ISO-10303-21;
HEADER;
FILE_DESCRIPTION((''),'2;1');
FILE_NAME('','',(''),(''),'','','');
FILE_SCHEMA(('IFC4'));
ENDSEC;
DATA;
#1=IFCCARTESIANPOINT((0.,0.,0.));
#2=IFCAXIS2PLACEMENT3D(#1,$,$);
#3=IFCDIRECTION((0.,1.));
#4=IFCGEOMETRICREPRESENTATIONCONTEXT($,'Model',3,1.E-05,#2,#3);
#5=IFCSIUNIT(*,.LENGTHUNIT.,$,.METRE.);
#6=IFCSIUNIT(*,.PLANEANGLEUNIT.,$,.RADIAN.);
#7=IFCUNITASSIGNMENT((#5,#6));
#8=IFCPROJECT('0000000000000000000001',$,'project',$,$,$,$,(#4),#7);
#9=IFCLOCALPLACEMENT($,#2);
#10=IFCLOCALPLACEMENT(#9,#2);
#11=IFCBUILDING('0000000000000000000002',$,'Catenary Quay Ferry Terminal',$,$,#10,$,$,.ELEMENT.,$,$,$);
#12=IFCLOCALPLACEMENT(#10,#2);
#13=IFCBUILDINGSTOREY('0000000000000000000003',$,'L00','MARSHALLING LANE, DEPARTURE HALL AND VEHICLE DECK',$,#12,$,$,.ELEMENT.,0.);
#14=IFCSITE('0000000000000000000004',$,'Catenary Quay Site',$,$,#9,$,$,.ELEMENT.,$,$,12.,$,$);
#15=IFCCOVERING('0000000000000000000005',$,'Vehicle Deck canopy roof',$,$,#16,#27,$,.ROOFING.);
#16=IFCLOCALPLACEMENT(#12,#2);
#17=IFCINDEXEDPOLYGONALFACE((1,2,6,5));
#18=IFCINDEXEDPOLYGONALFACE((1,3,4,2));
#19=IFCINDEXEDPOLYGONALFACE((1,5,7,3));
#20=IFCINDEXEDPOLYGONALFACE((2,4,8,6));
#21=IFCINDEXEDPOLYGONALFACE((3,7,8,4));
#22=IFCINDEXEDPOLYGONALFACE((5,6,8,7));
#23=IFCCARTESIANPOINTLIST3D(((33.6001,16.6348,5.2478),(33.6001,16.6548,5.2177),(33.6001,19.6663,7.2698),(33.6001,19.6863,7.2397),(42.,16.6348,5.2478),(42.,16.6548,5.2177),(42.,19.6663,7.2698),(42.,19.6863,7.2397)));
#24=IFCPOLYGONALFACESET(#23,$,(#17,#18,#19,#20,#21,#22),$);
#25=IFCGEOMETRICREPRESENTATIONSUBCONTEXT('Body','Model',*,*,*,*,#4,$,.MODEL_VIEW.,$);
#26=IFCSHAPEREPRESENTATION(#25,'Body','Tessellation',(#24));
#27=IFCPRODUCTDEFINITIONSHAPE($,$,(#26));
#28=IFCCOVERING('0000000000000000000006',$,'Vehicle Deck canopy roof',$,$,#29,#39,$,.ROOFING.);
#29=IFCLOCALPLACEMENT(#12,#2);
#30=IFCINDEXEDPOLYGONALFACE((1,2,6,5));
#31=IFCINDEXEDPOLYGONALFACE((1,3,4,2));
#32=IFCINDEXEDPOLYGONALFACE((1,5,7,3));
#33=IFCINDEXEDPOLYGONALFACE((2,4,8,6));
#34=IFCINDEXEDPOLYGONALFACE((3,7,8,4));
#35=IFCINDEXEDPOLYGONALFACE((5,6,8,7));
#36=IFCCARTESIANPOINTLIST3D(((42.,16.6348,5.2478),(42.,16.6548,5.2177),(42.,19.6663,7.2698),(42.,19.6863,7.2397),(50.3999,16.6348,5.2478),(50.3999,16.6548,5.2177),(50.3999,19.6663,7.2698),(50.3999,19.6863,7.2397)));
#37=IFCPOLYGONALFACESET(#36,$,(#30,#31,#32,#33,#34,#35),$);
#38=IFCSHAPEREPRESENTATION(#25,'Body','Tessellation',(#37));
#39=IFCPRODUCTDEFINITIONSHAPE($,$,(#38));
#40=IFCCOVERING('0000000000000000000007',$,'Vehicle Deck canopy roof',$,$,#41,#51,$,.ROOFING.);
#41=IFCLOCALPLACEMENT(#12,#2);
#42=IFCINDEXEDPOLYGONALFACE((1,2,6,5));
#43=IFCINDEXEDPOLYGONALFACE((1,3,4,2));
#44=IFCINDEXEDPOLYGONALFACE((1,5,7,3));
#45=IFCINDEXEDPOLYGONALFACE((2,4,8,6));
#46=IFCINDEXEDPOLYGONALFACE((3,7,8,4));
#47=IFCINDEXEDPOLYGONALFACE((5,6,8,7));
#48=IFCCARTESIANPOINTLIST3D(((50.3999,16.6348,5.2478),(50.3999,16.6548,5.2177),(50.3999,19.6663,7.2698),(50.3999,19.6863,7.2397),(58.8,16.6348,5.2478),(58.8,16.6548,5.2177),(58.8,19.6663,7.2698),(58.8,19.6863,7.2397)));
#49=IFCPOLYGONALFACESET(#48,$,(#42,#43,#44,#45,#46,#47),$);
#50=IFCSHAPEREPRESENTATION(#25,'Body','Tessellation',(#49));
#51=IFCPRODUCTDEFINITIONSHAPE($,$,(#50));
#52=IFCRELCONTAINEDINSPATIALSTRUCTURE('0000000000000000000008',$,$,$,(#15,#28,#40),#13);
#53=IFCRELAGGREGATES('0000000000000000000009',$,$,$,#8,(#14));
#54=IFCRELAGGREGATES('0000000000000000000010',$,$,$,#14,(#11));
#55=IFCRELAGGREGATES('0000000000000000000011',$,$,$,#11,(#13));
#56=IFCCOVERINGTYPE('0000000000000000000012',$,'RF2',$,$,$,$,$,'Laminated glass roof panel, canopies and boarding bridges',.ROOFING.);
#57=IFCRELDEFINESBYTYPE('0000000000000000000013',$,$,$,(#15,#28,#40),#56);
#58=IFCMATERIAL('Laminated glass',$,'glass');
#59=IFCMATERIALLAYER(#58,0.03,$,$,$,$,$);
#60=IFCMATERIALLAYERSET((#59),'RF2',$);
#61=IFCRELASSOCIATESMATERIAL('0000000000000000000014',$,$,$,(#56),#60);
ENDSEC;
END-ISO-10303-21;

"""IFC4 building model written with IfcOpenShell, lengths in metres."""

from ifc_helpers import new_model, si_unit, direction, frame, origin, place, context, subcontext, project, spatial, polyline, outline, extrude, material, layer, layer_set, type_object, element, save


model = new_model("IFC4")

# Units and contexts
model_context = context("Model", 3, precision=1e-05, world=origin(), true_north=direction((0.0, 1.0)))
body_context = subcontext(model_context, "Body", "Model", "MODEL_VIEW")
ifc_project = project(units=[si_unit("LENGTHUNIT", "METRE"), si_unit("PLANEANGLEUNIT", "RADIAN")], contexts=[model_context])

# Site, building, storey
site_placement = place(None, origin())
site = spatial("IfcSite", under=ifc_project, at=site_placement, Name="Catenary Quay Site", CompositionType="ELEMENT", RefElevation=12.0)
building_placement = place(site_placement, origin())
building = spatial("IfcBuilding", under=site, at=building_placement, Name="Catenary Quay Ferry Terminal", CompositionType="ELEMENT")
storey_placement = place(building_placement, origin())
storey = spatial("IfcBuildingStorey", under=building, at=storey_placement, Name="L00", Description="MARSHALLING LANE, DEPARTURE HALL AND VEHICLE DECK", CompositionType="ELEMENT", Elevation=0.0)

# Coverings
ifc_material_1 = material(Name="Laminated glass", Category="glass")
ifc_layer = layer(ifc_material_1, 0.03)
ifc_layer_set = layer_set([ifc_layer], Name="RF2")
covering_type = type_object("IfcCoveringType", Name="RF2", ElementType="Laminated glass roof panel, canopies and boarding bridges", PredefinedType="ROOFING", material=ifc_layer_set)
for number, where, z_axis, x_axis, name in (
    (1, (33.6001, 16.6348, 5.2478), (0.0, -0.554886, 0.831927), (1.0, 0.0, 0.0), "Vehicle Deck canopy roof"),
    (2, (42.0, 16.6348, 5.2478), (0.0, -0.554886, 0.831927), (1.0, 0.0, 0.0), "Vehicle Deck canopy roof"),
):
    element("IfcCovering", number, at=place(storey_placement, frame(where, z_axis=z_axis, x_axis=x_axis)), inside=storey, type_object=covering_type, Name=name, PredefinedType="ROOFING", context=body_context, shape_type="SweptSolid", body=[
        extrude(outline(polyline([(0.0, 0.0), (8.3999, 0.0), (8.3999, 3.6439), (0.0, 3.6439), (0.0, 0.0)])), origin(), (0.0, 0.0, -1.0), 0.0361),
    ])
covering_placement = place(storey_placement, frame((50.3999, 16.6348, 5.2478), z_axis=(0.0, -0.554886, 0.831927), x_axis=(1.0, 0.0, 0.0)))
element("IfcCovering", 3, at=covering_placement, inside=storey, type_object=covering_type, Name="Vehicle Deck canopy roof", PredefinedType="ROOFING", context=body_context, shape_type="SweptSolid", body=[
    extrude(outline(polyline([(0.0, 0.0), (8.4001, 0.0), (8.4001, 3.6439), (0.0, 3.6439), (0.0, 0.0)])), origin(), (0.0, 0.0, -1.0), 0.0361),
])

save(model, "model.ifc")
